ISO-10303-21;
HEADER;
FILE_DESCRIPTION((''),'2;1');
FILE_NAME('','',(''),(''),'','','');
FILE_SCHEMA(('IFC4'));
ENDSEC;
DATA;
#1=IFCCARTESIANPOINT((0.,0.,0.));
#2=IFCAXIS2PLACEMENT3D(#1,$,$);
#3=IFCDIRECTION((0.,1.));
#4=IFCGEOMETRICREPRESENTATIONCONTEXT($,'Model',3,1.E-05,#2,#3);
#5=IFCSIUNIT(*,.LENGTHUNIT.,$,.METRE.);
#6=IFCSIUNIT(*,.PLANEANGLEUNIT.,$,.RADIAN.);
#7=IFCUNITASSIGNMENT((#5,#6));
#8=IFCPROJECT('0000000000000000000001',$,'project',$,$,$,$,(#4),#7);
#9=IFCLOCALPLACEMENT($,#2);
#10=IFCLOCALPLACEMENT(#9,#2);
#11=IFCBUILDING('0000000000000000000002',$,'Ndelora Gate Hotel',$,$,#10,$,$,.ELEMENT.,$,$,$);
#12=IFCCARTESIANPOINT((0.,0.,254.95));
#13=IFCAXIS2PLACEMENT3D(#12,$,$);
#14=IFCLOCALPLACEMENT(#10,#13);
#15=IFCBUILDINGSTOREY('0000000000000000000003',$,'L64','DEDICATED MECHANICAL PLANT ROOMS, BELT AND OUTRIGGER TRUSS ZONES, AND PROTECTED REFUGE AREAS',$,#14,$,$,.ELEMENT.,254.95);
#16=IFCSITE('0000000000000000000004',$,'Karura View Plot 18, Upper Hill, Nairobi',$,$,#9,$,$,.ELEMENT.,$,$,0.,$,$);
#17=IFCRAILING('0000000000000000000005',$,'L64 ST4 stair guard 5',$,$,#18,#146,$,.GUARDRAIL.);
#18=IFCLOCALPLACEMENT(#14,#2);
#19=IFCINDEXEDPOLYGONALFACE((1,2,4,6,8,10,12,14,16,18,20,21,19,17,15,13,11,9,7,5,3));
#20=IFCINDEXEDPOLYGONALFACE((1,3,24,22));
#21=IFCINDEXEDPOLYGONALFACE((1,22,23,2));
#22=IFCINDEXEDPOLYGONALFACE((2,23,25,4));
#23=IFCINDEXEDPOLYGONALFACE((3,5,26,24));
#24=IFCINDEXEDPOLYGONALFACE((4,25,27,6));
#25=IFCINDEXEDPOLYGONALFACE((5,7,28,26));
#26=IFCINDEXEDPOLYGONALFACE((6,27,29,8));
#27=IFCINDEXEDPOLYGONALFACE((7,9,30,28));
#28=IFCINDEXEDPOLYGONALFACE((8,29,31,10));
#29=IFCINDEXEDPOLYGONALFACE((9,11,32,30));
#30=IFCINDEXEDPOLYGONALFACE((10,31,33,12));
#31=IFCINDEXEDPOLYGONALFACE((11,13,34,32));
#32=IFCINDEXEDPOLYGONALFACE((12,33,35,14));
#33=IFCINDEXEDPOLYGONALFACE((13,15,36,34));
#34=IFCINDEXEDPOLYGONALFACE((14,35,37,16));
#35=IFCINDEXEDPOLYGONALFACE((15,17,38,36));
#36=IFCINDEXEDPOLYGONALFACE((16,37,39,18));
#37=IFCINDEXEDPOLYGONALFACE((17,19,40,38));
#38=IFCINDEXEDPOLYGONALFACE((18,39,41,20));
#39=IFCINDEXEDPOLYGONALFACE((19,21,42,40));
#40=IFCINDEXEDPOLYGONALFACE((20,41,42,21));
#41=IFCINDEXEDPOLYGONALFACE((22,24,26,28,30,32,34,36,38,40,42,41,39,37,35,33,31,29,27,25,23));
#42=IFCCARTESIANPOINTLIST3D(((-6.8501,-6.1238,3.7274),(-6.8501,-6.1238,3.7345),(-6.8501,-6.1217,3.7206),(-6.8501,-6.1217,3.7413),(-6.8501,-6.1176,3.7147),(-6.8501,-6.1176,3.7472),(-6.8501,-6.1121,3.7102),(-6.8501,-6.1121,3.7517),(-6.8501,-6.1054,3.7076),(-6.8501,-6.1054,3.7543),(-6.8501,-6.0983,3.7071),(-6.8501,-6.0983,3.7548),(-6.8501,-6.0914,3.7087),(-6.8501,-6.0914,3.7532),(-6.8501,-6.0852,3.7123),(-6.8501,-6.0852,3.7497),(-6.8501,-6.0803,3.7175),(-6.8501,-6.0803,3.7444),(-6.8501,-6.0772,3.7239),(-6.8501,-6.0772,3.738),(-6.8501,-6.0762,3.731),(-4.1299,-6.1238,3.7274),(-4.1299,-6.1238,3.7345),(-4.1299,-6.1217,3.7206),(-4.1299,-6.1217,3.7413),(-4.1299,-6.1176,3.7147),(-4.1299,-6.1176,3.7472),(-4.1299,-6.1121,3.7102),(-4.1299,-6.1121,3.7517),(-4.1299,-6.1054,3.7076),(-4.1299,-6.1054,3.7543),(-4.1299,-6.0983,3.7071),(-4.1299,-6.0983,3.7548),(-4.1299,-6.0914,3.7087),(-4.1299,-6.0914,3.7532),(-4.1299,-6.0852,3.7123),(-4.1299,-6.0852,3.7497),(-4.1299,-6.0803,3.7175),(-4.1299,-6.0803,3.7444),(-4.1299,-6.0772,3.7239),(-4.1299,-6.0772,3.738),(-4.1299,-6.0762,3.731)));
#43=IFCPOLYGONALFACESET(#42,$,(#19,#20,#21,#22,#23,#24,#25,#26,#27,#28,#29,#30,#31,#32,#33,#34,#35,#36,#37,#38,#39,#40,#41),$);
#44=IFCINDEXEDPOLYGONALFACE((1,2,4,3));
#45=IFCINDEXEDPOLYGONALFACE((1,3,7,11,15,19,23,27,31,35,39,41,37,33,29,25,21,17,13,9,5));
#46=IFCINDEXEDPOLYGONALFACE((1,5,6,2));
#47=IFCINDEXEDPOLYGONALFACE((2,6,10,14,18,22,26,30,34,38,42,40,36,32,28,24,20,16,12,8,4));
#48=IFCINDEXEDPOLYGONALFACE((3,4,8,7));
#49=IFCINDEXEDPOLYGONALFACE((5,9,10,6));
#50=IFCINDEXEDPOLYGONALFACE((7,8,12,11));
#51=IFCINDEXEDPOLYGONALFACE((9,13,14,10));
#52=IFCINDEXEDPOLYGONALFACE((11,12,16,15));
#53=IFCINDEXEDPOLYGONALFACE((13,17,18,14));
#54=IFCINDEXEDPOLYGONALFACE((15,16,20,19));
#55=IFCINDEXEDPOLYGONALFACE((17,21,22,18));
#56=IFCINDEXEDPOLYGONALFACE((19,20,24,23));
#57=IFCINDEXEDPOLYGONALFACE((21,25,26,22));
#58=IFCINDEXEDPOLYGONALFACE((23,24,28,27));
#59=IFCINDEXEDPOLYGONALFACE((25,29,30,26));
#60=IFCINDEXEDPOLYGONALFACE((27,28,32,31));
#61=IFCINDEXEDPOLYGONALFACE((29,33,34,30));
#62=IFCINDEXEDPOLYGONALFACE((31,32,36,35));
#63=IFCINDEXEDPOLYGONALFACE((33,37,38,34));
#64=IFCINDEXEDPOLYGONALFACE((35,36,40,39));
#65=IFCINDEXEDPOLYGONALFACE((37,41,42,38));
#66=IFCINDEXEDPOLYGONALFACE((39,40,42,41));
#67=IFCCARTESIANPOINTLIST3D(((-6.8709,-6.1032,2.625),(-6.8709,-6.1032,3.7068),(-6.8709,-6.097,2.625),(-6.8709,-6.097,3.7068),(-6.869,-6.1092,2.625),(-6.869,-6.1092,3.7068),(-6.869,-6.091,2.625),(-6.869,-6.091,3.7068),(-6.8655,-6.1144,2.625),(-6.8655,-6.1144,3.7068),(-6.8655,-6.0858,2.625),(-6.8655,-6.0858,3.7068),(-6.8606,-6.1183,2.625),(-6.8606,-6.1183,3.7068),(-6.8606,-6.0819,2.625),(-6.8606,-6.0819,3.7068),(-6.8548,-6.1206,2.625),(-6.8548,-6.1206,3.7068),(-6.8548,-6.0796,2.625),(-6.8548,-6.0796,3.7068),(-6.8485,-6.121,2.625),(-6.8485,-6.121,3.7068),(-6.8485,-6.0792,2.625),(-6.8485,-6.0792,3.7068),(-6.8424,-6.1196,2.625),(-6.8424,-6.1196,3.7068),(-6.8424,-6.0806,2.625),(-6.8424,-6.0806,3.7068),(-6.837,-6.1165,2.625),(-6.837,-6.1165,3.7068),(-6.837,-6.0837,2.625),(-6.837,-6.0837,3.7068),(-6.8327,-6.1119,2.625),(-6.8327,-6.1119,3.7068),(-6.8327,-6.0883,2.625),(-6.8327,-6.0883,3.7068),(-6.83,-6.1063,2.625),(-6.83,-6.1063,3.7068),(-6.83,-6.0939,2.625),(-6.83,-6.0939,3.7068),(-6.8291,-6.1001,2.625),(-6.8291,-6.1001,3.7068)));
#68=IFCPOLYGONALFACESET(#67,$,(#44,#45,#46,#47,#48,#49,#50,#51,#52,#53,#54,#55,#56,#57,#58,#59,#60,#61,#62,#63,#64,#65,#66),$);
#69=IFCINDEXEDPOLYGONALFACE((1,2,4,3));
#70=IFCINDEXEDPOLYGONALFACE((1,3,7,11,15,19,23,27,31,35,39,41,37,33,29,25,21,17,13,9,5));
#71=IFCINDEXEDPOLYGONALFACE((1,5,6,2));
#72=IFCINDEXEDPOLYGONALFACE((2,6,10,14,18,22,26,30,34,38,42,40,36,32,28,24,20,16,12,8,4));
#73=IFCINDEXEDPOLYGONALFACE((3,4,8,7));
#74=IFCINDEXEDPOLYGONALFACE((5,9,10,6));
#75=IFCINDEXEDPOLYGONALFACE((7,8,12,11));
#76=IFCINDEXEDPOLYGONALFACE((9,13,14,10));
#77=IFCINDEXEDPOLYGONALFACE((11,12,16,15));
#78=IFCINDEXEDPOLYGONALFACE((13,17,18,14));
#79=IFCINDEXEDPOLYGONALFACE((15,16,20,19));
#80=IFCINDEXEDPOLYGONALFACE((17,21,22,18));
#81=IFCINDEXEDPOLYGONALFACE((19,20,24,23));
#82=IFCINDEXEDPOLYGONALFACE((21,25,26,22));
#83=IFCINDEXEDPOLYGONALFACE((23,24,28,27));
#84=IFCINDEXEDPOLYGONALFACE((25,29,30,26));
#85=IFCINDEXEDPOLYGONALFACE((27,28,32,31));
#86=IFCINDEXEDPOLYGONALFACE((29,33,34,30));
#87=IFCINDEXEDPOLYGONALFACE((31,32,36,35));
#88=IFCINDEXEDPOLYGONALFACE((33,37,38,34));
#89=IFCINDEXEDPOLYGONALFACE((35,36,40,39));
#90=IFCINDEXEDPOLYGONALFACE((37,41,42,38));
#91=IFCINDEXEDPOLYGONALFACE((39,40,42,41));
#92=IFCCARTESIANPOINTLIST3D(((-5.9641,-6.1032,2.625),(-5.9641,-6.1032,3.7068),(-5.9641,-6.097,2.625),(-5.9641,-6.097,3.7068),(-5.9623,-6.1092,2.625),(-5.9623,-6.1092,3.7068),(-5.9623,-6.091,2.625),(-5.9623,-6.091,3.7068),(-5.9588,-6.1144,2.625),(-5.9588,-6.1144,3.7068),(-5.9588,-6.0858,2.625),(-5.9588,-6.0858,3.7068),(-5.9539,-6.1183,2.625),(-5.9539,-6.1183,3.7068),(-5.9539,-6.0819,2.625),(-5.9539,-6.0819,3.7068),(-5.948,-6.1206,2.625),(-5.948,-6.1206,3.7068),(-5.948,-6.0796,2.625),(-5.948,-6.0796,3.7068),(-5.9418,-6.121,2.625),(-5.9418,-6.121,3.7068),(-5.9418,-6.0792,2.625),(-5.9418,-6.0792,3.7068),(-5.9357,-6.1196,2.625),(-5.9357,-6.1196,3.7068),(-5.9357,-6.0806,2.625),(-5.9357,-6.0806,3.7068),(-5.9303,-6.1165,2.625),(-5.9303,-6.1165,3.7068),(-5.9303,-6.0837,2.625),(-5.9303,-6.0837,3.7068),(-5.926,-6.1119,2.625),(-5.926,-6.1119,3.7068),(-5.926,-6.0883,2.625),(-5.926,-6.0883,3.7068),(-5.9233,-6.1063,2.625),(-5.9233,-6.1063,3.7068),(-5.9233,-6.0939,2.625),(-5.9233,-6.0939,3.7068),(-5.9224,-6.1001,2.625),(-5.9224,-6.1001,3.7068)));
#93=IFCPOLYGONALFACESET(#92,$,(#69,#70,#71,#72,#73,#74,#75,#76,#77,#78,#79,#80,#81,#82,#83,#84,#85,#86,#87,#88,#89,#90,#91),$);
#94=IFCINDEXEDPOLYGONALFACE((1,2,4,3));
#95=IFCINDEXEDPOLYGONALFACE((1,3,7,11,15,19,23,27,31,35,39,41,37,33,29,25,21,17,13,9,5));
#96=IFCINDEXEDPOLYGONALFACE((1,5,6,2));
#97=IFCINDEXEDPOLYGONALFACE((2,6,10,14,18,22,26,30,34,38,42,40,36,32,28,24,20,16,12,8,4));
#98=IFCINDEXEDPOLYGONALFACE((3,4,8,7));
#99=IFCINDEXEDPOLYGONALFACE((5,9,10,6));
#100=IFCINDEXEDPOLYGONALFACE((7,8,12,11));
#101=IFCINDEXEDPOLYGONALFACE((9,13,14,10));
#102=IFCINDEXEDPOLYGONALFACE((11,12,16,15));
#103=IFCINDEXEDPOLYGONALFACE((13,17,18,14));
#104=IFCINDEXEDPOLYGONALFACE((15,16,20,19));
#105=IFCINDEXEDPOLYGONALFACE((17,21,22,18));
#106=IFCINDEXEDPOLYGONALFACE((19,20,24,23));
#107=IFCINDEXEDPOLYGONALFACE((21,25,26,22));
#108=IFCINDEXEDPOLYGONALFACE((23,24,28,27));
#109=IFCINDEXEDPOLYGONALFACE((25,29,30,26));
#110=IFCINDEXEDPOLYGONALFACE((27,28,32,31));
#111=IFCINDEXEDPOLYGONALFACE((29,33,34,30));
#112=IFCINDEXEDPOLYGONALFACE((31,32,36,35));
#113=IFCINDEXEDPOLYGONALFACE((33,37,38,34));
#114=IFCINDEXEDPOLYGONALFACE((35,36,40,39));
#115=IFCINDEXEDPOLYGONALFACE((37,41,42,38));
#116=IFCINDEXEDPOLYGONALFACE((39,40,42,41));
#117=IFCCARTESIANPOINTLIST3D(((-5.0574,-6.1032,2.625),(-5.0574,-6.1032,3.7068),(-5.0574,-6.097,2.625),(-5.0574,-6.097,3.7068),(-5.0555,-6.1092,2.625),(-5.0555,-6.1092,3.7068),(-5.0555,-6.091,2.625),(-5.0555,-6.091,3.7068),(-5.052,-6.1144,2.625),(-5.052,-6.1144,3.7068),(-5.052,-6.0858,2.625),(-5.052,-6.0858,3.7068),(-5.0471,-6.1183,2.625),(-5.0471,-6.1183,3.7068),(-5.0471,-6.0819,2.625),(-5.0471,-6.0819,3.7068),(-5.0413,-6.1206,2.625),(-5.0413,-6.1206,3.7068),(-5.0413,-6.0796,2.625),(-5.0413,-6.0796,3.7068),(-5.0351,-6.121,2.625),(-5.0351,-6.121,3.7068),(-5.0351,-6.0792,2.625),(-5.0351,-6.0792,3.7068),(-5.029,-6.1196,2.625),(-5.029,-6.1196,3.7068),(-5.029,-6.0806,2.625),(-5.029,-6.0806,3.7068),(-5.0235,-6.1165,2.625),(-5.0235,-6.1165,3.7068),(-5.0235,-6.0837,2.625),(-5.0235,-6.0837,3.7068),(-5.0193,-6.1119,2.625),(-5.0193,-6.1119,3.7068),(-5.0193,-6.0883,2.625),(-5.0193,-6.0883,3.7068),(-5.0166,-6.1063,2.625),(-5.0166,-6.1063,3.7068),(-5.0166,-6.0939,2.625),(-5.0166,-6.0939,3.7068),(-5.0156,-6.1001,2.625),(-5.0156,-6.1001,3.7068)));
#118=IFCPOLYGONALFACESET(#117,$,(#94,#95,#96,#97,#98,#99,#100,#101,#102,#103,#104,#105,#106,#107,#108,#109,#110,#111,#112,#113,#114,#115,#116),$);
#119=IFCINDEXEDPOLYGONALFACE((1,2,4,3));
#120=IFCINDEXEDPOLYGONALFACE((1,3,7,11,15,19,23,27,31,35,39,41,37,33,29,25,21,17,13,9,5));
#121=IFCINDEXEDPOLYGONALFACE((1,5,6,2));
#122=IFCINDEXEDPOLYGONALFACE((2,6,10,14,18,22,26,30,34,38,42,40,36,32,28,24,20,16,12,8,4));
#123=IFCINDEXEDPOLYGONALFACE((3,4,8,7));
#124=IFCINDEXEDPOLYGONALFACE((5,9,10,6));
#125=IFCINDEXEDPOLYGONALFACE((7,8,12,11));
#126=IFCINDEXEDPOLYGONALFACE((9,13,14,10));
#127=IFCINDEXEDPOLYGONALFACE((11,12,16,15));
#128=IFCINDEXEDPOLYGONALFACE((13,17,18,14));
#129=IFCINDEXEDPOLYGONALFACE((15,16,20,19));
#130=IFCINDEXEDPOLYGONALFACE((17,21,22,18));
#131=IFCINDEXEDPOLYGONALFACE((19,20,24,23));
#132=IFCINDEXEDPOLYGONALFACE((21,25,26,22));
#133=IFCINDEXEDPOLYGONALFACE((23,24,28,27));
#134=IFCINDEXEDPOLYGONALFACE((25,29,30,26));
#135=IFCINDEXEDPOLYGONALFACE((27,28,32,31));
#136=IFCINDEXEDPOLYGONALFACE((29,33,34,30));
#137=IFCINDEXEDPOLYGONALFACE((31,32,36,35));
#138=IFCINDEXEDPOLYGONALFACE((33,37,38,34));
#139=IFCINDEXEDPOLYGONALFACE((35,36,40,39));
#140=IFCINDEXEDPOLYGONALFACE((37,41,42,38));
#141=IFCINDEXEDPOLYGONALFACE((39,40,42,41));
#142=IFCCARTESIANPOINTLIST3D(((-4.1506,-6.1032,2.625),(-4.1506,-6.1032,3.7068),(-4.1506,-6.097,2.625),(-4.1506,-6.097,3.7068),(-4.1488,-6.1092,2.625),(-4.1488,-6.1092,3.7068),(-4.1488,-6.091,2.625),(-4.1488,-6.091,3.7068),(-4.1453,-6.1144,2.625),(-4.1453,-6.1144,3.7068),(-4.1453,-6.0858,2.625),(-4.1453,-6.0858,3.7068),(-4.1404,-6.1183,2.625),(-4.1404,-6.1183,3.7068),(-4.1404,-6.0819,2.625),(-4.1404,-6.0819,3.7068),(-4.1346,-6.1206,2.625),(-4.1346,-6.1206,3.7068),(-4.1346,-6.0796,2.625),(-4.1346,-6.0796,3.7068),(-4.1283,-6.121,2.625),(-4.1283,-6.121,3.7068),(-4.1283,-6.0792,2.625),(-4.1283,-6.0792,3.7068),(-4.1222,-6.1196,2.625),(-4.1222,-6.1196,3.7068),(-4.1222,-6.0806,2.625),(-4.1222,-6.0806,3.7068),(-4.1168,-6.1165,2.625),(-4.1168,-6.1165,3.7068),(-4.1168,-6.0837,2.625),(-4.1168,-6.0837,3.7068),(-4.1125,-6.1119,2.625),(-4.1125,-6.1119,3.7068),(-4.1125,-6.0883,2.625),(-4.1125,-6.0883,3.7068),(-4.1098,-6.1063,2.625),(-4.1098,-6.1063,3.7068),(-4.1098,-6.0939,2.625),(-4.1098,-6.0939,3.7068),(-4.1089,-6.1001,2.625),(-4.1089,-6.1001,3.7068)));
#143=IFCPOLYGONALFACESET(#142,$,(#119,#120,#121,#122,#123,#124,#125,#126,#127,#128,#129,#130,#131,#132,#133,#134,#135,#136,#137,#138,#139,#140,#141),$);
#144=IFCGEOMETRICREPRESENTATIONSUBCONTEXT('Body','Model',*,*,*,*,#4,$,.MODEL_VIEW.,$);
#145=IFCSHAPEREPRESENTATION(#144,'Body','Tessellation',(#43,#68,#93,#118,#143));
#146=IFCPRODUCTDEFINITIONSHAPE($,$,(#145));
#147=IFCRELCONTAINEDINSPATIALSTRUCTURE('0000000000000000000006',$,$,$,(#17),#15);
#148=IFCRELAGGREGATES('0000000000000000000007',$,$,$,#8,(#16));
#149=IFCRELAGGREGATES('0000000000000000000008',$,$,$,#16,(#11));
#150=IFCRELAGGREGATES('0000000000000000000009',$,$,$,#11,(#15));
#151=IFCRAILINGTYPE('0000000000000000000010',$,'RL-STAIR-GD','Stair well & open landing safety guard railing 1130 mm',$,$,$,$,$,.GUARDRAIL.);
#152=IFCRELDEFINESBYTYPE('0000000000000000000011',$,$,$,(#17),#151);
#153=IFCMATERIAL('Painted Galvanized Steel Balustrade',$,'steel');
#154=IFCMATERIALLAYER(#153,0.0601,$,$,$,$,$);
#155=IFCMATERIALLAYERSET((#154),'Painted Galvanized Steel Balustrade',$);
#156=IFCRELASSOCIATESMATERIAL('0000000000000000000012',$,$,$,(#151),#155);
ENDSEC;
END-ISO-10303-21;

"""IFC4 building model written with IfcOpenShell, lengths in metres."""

from ifc_helpers import new_model, si_unit, direction, frame, origin, origin_2d, place, context, subcontext, project, spatial, circle, extrude, material, layer, layer_set, type_object, element, save


model = new_model("IFC4")

# Units and contexts
model_context = context("Model", 3, precision=1e-05, world=origin(), true_north=direction((0.0, 1.0)))
body_context = subcontext(model_context, "Body", "Model", "MODEL_VIEW")
ifc_project = project(units=[si_unit("LENGTHUNIT", "METRE"), si_unit("PLANEANGLEUNIT", "RADIAN")], contexts=[model_context])

# Site, building, storey
site_placement = place(None, origin())
site = spatial("IfcSite", under=ifc_project, at=site_placement, Name="Karura View Plot 18, Upper Hill, Nairobi", CompositionType="ELEMENT", RefElevation=0.0)
building_placement = place(site_placement, origin())
building = spatial("IfcBuilding", under=site, at=building_placement, Name="Ndelora Gate Hotel", CompositionType="ELEMENT")
storey_placement = place(building_placement, frame((0.0, 0.0, 254.95)))
storey = spatial("IfcBuildingStorey", under=building, at=storey_placement, Name="L64", Description="DEDICATED MECHANICAL PLANT ROOMS, BELT AND OUTRIGGER TRUSS ZONES, AND PROTECTED REFUGE AREAS", CompositionType="ELEMENT", Elevation=254.95)

# Railing
ifc_material_1 = material(Name="Painted Galvanized Steel Balustrade", Category="steel")
ifc_layer_1 = layer(ifc_material_1, 0.0601)
ifc_layer_set_1 = layer_set([ifc_layer_1], Name="Painted Galvanized Steel Balustrade")
railing_type_1 = type_object("IfcRailingType", Name="RL-STAIR-GD", Description="Stair well & open landing safety guard railing 1130 mm", PredefinedType="GUARDRAIL", material=ifc_layer_set_1)
railing_1_placement = place(storey_placement, frame((-6.8501, -6.1001, 2.625)))
element("IfcRailing", 1, at=railing_1_placement, inside=storey, type_object=railing_type_1, Name="L64 ST4 stair guard 5", PredefinedType="GUARDRAIL", context=body_context, shape_type="SweptSolid", body=[
    extrude(circle(Radius=0.0239, at=origin_2d()), frame((0.0, 0.0, 1.106), z_axis=(1.0, 0.0, 0.0), x_axis=(0.0, 1.0, 0.0)), (0.0, 0.0, 1.0), 2.7202),
    extrude(circle(Radius=0.021, at=origin_2d()), origin(), (0.0, 0.0, 1.0), 1.0818),
    extrude(circle(Radius=0.021, at=origin_2d()), frame((0.9067, 0.0, 0.0)), (0.0, 0.0, 1.0), 1.0818),
    extrude(circle(Radius=0.021, at=origin_2d()), frame((1.8135, 0.0, 0.0)), (0.0, 0.0, 1.0), 1.0818),
    extrude(circle(Radius=0.021, at=origin_2d()), frame((2.7202, 0.0, 0.0)), (0.0, 0.0, 1.0), 1.0818),
])

save(model, "model.ifc")
